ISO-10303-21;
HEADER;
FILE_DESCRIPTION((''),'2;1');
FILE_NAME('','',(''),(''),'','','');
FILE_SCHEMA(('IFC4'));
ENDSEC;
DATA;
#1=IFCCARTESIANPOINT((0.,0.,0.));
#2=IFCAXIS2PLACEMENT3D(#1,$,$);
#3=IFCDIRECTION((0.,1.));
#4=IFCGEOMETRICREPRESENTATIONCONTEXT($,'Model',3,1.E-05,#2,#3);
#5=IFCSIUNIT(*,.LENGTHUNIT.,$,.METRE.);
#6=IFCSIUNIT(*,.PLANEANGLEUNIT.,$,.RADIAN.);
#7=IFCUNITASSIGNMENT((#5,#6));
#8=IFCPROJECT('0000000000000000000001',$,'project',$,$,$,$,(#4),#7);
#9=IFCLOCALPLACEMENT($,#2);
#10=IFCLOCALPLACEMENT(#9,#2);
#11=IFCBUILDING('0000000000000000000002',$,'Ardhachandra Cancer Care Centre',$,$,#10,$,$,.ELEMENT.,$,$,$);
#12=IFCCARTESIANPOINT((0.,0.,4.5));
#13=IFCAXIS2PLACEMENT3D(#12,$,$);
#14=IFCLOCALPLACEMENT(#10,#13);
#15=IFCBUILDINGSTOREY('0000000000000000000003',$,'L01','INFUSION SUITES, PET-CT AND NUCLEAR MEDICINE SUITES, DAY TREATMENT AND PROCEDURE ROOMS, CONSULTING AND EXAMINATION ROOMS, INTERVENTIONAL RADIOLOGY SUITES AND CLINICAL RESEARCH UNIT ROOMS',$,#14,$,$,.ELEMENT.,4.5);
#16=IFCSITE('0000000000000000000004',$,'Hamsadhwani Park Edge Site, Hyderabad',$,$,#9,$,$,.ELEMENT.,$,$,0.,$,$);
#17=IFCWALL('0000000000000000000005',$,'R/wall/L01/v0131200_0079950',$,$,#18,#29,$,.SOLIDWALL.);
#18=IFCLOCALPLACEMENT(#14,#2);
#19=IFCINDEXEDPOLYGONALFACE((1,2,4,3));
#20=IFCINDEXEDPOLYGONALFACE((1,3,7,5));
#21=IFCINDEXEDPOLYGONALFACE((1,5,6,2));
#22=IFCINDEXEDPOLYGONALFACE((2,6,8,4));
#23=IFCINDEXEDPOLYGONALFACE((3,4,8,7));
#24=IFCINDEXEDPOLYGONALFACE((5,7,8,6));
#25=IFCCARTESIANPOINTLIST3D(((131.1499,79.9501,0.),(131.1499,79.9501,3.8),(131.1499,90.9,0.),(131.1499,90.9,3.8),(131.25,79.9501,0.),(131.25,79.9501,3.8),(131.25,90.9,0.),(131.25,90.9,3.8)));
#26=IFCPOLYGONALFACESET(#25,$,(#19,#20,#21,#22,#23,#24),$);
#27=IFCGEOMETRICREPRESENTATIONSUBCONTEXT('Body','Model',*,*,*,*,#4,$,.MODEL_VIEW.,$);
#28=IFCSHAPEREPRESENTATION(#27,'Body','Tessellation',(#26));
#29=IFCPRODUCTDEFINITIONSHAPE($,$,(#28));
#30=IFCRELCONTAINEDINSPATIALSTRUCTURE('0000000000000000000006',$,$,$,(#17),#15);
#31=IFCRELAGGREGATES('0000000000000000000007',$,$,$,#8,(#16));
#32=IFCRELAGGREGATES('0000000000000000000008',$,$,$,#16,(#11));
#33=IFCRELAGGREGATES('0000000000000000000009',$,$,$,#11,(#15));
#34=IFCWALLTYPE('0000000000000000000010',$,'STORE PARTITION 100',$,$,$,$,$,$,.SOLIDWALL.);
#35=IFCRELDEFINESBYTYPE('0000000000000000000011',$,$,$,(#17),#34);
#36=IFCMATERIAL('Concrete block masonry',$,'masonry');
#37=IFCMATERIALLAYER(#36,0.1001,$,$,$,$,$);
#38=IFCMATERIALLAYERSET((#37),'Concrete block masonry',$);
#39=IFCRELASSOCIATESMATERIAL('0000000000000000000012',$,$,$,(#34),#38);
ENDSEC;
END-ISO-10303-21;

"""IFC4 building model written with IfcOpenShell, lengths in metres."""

from ifc_helpers import new_model, si_unit, direction, frame, frame_2d, origin, place, context, subcontext, project, spatial, rectangle, extrude, material, layer, layer_set, type_object, element, save


model = new_model("IFC4")

# Units and contexts
model_context = context("Model", 3, precision=1e-05, world=origin(), true_north=direction((0.0, 1.0)))
body_context = subcontext(model_context, "Body", "Model", "MODEL_VIEW")
ifc_project = project(units=[si_unit("LENGTHUNIT", "METRE"), si_unit("PLANEANGLEUNIT", "RADIAN")], contexts=[model_context])

# Site, building, storey
site_placement = place(None, origin())
site = spatial("IfcSite", under=ifc_project, at=site_placement, Name="Hamsadhwani Park Edge Site, Hyderabad", CompositionType="ELEMENT", RefElevation=0.0)
building_placement = place(site_placement, origin())
building = spatial("IfcBuilding", under=site, at=building_placement, Name="Ardhachandra Cancer Care Centre", CompositionType="ELEMENT")
storey_placement = place(building_placement, frame((0.0, 0.0, 4.5)))
storey = spatial("IfcBuildingStorey", under=building, at=storey_placement, Name="L01", Description="INFUSION SUITES, PET-CT AND NUCLEAR MEDICINE SUITES, DAY TREATMENT AND PROCEDURE ROOMS, CONSULTING AND EXAMINATION ROOMS, INTERVENTIONAL RADIOLOGY SUITES AND CLINICAL RESEARCH UNIT ROOMS", CompositionType="ELEMENT", Elevation=4.5)

# Wall
ifc_material_1 = material(Name="Concrete block masonry", Category="masonry")
ifc_layer_1 = layer(ifc_material_1, 0.1001)
ifc_layer_set_1 = layer_set([ifc_layer_1], Name="Concrete block masonry")
wall_type_1 = type_object("IfcWallType", Name="STORE PARTITION 100", PredefinedType="SOLIDWALL", material=ifc_layer_set_1)
wall_1_placement = place(storey_placement, frame((131.2, 79.95, 0.0), z_axis=(0.0, 0.0, 1.0), x_axis=(0.0, 1.0, 0.0)))
element("IfcWall", 1, at=wall_1_placement, inside=storey, type_object=wall_type_1, Name="R/wall/L01/v0131200_0079950", PredefinedType="SOLIDWALL", context=body_context, shape_type="SweptSolid", body=[
    extrude(rectangle(XDim=10.95, YDim=0.1001, at=frame_2d((5.4751, 0.0))), origin(), (0.0, 0.0, 1.0), 3.8),
])

save(model, "model.ifc")
